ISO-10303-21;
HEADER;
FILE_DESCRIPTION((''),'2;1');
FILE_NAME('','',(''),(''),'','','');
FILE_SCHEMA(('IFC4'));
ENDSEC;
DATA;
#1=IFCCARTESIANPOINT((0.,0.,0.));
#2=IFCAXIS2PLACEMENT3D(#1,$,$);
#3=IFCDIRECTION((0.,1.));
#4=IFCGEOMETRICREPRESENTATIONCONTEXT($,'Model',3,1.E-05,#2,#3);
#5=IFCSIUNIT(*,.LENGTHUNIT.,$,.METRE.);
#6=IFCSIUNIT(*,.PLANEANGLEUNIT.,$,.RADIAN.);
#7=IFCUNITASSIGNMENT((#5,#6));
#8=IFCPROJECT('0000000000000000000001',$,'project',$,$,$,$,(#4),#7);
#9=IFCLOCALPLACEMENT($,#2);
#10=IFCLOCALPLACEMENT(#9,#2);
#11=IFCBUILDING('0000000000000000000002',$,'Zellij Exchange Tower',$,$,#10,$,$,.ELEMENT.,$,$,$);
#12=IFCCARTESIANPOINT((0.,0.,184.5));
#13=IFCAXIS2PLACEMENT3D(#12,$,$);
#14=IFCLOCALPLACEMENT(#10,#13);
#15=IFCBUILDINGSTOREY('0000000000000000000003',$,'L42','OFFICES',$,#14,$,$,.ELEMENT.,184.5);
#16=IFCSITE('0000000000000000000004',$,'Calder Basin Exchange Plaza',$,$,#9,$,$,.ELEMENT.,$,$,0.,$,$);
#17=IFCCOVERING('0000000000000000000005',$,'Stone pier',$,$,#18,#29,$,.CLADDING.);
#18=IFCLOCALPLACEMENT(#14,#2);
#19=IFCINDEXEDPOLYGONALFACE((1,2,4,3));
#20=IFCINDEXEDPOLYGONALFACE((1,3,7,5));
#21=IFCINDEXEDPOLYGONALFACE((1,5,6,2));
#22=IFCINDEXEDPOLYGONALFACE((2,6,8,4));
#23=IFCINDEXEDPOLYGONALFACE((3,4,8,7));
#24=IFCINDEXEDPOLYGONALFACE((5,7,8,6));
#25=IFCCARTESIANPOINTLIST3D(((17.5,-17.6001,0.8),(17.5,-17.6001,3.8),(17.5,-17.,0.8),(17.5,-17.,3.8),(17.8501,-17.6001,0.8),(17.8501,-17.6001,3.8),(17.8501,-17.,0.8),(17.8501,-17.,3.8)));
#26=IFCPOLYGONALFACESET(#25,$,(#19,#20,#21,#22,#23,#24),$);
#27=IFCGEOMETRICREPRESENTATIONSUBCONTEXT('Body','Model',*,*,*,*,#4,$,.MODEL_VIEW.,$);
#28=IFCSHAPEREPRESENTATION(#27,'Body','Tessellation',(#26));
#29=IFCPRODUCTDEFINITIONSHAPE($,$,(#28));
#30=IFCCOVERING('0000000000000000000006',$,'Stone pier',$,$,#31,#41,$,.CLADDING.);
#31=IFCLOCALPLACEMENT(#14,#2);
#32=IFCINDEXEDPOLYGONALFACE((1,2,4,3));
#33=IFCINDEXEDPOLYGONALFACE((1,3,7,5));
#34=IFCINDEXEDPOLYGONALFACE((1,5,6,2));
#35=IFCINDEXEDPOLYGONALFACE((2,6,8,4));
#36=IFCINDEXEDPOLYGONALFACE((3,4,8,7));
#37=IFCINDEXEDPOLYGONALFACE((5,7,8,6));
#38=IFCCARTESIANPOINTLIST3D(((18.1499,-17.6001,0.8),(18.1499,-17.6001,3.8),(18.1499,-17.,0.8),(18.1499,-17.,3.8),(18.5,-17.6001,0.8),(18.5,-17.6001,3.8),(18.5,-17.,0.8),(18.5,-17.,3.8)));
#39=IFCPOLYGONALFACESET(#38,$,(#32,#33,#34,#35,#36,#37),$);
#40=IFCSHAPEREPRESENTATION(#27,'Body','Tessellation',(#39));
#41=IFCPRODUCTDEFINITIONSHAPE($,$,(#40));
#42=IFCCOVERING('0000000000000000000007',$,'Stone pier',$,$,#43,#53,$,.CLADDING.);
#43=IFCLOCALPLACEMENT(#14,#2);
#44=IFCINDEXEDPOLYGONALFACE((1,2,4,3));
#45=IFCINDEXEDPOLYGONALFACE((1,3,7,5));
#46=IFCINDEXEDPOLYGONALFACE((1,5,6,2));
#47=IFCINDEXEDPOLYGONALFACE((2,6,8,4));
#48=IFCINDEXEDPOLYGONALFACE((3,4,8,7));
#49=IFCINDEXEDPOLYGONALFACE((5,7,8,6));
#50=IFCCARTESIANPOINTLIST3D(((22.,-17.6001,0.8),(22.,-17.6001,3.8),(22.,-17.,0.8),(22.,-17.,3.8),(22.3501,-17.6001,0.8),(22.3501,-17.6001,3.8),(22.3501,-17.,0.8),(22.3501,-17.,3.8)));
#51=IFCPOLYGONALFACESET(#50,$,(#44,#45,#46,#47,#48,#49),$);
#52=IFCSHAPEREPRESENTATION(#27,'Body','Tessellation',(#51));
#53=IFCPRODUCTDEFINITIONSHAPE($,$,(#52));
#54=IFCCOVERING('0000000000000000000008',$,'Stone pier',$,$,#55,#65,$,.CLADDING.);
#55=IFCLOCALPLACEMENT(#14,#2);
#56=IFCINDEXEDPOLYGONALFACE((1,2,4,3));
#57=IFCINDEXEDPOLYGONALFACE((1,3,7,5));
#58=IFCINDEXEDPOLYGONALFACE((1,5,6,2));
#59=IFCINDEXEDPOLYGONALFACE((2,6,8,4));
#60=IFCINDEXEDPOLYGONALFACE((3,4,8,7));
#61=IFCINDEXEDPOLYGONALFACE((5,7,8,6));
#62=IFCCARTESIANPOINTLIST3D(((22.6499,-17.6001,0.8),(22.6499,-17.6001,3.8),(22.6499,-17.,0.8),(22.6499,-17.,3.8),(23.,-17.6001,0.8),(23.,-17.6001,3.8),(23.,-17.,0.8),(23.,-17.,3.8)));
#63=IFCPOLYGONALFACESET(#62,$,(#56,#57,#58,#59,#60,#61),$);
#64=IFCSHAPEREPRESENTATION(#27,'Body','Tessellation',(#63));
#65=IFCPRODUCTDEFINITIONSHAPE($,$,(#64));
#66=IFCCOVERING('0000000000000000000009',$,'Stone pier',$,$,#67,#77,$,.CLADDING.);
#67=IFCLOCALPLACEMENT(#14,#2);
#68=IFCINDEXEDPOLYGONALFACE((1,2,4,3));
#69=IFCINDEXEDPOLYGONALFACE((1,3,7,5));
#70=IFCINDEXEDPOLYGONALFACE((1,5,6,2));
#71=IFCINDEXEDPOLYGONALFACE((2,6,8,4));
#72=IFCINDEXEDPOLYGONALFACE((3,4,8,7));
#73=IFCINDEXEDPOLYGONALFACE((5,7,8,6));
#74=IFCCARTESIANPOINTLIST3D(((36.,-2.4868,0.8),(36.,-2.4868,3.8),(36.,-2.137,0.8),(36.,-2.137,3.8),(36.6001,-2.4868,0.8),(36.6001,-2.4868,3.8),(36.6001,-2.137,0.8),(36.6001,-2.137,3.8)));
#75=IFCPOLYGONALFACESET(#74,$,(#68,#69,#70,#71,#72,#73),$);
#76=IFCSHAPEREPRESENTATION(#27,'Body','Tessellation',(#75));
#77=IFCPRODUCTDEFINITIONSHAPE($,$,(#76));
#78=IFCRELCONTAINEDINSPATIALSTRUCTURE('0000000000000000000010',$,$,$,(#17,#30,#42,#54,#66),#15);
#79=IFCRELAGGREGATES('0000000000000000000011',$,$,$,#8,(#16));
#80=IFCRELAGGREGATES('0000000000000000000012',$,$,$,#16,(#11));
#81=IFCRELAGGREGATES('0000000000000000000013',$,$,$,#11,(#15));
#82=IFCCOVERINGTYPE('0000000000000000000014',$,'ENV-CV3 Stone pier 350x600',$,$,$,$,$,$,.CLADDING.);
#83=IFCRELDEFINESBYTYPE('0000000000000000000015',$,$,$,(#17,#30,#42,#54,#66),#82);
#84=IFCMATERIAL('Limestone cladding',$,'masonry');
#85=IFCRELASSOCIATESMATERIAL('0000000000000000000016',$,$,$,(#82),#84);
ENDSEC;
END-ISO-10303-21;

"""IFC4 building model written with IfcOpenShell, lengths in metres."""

from ifc_helpers import new_model, si_unit, direction, frame, origin, place, context, subcontext, project, spatial, polyline, outline, extrude, material, type_object, element, save


model = new_model("IFC4")

# Units and contexts
model_context = context("Model", 3, precision=1e-05, world=origin(), true_north=direction((0.0, 1.0)))
body_context = subcontext(model_context, "Body", "Model", "MODEL_VIEW")
ifc_project = project(units=[si_unit("LENGTHUNIT", "METRE"), si_unit("PLANEANGLEUNIT", "RADIAN")], contexts=[model_context])

# Site, building, storey
site_placement = place(None, origin())
site = spatial("IfcSite", under=ifc_project, at=site_placement, Name="Calder Basin Exchange Plaza", CompositionType="ELEMENT", RefElevation=0.0)
building_placement = place(site_placement, origin())
building = spatial("IfcBuilding", under=site, at=building_placement, Name="Zellij Exchange Tower", CompositionType="ELEMENT")
storey_placement = place(building_placement, frame((0.0, 0.0, 184.5)))
storey = spatial("IfcBuildingStorey", under=building, at=storey_placement, Name="L42", Description="OFFICES", CompositionType="ELEMENT", Elevation=184.5)

# Coverings
ifc_material_1 = material(Name="Limestone cladding", Category="masonry")
covering_type = type_object("IfcCoveringType", Name="ENV-CV3 Stone pier 350x600", PredefinedType="CLADDING", material=ifc_material_1)
covering_1_placement = place(storey_placement, frame((0.0, 0.0, 0.8)))
element("IfcCovering", 1, at=covering_1_placement, inside=storey, type_object=covering_type, Name="Stone pier", PredefinedType="CLADDING", context=body_context, shape_type="SweptSolid", body=[
    extrude(outline(polyline([(17.5, -17.0), (17.8501, -17.0), (17.8501, -17.6001), (17.5, -17.6001), (17.5, -17.0)])), origin(), (0.0, 0.0, 1.0), 3.0),
])
covering_2_placement = place(storey_placement, frame((0.0, 0.0, 0.8)))
element("IfcCovering", 2, at=covering_2_placement, inside=storey, type_object=covering_type, Name="Stone pier", PredefinedType="CLADDING", context=body_context, shape_type="SweptSolid", body=[
    extrude(outline(polyline([(18.1499, -17.0), (18.5, -17.0), (18.5, -17.6001), (18.1499, -17.6001), (18.1499, -17.0)])), origin(), (0.0, 0.0, 1.0), 3.0),
])
covering_3_placement = place(storey_placement, frame((0.0, 0.0, 0.8)))
element("IfcCovering", 3, at=covering_3_placement, inside=storey, type_object=covering_type, Name="Stone pier", PredefinedType="CLADDING", context=body_context, shape_type="SweptSolid", body=[
    extrude(outline(polyline([(22.0, -17.0), (22.3501, -17.0), (22.3501, -17.6001), (22.0, -17.6001), (22.0, -17.0)])), origin(), (0.0, 0.0, 1.0), 3.0),
])
covering_4_placement = place(storey_placement, frame((0.0, 0.0, 0.8)))
element("IfcCovering", 4, at=covering_4_placement, inside=storey, type_object=covering_type, Name="Stone pier", PredefinedType="CLADDING", context=body_context, shape_type="SweptSolid", body=[
    extrude(outline(polyline([(22.6499, -17.0), (23.0, -17.0), (23.0, -17.6001), (22.6499, -17.6001), (22.6499, -17.0)])), origin(), (0.0, 0.0, 1.0), 3.0),
])
covering_5_placement = place(storey_placement, frame((0.0, 0.0, 0.8)))
element("IfcCovering", 5, at=covering_5_placement, inside=storey, type_object=covering_type, Name="Stone pier", PredefinedType="CLADDING", context=body_context, shape_type="SweptSolid", body=[
    extrude(outline(polyline([(36.0, -2.4868), (36.0, -2.137), (36.6001, -2.137), (36.6001, -2.4868), (36.0, -2.4868)])), origin(), (0.0, 0.0, 1.0), 3.0),
])

save(model, "model.ifc")
